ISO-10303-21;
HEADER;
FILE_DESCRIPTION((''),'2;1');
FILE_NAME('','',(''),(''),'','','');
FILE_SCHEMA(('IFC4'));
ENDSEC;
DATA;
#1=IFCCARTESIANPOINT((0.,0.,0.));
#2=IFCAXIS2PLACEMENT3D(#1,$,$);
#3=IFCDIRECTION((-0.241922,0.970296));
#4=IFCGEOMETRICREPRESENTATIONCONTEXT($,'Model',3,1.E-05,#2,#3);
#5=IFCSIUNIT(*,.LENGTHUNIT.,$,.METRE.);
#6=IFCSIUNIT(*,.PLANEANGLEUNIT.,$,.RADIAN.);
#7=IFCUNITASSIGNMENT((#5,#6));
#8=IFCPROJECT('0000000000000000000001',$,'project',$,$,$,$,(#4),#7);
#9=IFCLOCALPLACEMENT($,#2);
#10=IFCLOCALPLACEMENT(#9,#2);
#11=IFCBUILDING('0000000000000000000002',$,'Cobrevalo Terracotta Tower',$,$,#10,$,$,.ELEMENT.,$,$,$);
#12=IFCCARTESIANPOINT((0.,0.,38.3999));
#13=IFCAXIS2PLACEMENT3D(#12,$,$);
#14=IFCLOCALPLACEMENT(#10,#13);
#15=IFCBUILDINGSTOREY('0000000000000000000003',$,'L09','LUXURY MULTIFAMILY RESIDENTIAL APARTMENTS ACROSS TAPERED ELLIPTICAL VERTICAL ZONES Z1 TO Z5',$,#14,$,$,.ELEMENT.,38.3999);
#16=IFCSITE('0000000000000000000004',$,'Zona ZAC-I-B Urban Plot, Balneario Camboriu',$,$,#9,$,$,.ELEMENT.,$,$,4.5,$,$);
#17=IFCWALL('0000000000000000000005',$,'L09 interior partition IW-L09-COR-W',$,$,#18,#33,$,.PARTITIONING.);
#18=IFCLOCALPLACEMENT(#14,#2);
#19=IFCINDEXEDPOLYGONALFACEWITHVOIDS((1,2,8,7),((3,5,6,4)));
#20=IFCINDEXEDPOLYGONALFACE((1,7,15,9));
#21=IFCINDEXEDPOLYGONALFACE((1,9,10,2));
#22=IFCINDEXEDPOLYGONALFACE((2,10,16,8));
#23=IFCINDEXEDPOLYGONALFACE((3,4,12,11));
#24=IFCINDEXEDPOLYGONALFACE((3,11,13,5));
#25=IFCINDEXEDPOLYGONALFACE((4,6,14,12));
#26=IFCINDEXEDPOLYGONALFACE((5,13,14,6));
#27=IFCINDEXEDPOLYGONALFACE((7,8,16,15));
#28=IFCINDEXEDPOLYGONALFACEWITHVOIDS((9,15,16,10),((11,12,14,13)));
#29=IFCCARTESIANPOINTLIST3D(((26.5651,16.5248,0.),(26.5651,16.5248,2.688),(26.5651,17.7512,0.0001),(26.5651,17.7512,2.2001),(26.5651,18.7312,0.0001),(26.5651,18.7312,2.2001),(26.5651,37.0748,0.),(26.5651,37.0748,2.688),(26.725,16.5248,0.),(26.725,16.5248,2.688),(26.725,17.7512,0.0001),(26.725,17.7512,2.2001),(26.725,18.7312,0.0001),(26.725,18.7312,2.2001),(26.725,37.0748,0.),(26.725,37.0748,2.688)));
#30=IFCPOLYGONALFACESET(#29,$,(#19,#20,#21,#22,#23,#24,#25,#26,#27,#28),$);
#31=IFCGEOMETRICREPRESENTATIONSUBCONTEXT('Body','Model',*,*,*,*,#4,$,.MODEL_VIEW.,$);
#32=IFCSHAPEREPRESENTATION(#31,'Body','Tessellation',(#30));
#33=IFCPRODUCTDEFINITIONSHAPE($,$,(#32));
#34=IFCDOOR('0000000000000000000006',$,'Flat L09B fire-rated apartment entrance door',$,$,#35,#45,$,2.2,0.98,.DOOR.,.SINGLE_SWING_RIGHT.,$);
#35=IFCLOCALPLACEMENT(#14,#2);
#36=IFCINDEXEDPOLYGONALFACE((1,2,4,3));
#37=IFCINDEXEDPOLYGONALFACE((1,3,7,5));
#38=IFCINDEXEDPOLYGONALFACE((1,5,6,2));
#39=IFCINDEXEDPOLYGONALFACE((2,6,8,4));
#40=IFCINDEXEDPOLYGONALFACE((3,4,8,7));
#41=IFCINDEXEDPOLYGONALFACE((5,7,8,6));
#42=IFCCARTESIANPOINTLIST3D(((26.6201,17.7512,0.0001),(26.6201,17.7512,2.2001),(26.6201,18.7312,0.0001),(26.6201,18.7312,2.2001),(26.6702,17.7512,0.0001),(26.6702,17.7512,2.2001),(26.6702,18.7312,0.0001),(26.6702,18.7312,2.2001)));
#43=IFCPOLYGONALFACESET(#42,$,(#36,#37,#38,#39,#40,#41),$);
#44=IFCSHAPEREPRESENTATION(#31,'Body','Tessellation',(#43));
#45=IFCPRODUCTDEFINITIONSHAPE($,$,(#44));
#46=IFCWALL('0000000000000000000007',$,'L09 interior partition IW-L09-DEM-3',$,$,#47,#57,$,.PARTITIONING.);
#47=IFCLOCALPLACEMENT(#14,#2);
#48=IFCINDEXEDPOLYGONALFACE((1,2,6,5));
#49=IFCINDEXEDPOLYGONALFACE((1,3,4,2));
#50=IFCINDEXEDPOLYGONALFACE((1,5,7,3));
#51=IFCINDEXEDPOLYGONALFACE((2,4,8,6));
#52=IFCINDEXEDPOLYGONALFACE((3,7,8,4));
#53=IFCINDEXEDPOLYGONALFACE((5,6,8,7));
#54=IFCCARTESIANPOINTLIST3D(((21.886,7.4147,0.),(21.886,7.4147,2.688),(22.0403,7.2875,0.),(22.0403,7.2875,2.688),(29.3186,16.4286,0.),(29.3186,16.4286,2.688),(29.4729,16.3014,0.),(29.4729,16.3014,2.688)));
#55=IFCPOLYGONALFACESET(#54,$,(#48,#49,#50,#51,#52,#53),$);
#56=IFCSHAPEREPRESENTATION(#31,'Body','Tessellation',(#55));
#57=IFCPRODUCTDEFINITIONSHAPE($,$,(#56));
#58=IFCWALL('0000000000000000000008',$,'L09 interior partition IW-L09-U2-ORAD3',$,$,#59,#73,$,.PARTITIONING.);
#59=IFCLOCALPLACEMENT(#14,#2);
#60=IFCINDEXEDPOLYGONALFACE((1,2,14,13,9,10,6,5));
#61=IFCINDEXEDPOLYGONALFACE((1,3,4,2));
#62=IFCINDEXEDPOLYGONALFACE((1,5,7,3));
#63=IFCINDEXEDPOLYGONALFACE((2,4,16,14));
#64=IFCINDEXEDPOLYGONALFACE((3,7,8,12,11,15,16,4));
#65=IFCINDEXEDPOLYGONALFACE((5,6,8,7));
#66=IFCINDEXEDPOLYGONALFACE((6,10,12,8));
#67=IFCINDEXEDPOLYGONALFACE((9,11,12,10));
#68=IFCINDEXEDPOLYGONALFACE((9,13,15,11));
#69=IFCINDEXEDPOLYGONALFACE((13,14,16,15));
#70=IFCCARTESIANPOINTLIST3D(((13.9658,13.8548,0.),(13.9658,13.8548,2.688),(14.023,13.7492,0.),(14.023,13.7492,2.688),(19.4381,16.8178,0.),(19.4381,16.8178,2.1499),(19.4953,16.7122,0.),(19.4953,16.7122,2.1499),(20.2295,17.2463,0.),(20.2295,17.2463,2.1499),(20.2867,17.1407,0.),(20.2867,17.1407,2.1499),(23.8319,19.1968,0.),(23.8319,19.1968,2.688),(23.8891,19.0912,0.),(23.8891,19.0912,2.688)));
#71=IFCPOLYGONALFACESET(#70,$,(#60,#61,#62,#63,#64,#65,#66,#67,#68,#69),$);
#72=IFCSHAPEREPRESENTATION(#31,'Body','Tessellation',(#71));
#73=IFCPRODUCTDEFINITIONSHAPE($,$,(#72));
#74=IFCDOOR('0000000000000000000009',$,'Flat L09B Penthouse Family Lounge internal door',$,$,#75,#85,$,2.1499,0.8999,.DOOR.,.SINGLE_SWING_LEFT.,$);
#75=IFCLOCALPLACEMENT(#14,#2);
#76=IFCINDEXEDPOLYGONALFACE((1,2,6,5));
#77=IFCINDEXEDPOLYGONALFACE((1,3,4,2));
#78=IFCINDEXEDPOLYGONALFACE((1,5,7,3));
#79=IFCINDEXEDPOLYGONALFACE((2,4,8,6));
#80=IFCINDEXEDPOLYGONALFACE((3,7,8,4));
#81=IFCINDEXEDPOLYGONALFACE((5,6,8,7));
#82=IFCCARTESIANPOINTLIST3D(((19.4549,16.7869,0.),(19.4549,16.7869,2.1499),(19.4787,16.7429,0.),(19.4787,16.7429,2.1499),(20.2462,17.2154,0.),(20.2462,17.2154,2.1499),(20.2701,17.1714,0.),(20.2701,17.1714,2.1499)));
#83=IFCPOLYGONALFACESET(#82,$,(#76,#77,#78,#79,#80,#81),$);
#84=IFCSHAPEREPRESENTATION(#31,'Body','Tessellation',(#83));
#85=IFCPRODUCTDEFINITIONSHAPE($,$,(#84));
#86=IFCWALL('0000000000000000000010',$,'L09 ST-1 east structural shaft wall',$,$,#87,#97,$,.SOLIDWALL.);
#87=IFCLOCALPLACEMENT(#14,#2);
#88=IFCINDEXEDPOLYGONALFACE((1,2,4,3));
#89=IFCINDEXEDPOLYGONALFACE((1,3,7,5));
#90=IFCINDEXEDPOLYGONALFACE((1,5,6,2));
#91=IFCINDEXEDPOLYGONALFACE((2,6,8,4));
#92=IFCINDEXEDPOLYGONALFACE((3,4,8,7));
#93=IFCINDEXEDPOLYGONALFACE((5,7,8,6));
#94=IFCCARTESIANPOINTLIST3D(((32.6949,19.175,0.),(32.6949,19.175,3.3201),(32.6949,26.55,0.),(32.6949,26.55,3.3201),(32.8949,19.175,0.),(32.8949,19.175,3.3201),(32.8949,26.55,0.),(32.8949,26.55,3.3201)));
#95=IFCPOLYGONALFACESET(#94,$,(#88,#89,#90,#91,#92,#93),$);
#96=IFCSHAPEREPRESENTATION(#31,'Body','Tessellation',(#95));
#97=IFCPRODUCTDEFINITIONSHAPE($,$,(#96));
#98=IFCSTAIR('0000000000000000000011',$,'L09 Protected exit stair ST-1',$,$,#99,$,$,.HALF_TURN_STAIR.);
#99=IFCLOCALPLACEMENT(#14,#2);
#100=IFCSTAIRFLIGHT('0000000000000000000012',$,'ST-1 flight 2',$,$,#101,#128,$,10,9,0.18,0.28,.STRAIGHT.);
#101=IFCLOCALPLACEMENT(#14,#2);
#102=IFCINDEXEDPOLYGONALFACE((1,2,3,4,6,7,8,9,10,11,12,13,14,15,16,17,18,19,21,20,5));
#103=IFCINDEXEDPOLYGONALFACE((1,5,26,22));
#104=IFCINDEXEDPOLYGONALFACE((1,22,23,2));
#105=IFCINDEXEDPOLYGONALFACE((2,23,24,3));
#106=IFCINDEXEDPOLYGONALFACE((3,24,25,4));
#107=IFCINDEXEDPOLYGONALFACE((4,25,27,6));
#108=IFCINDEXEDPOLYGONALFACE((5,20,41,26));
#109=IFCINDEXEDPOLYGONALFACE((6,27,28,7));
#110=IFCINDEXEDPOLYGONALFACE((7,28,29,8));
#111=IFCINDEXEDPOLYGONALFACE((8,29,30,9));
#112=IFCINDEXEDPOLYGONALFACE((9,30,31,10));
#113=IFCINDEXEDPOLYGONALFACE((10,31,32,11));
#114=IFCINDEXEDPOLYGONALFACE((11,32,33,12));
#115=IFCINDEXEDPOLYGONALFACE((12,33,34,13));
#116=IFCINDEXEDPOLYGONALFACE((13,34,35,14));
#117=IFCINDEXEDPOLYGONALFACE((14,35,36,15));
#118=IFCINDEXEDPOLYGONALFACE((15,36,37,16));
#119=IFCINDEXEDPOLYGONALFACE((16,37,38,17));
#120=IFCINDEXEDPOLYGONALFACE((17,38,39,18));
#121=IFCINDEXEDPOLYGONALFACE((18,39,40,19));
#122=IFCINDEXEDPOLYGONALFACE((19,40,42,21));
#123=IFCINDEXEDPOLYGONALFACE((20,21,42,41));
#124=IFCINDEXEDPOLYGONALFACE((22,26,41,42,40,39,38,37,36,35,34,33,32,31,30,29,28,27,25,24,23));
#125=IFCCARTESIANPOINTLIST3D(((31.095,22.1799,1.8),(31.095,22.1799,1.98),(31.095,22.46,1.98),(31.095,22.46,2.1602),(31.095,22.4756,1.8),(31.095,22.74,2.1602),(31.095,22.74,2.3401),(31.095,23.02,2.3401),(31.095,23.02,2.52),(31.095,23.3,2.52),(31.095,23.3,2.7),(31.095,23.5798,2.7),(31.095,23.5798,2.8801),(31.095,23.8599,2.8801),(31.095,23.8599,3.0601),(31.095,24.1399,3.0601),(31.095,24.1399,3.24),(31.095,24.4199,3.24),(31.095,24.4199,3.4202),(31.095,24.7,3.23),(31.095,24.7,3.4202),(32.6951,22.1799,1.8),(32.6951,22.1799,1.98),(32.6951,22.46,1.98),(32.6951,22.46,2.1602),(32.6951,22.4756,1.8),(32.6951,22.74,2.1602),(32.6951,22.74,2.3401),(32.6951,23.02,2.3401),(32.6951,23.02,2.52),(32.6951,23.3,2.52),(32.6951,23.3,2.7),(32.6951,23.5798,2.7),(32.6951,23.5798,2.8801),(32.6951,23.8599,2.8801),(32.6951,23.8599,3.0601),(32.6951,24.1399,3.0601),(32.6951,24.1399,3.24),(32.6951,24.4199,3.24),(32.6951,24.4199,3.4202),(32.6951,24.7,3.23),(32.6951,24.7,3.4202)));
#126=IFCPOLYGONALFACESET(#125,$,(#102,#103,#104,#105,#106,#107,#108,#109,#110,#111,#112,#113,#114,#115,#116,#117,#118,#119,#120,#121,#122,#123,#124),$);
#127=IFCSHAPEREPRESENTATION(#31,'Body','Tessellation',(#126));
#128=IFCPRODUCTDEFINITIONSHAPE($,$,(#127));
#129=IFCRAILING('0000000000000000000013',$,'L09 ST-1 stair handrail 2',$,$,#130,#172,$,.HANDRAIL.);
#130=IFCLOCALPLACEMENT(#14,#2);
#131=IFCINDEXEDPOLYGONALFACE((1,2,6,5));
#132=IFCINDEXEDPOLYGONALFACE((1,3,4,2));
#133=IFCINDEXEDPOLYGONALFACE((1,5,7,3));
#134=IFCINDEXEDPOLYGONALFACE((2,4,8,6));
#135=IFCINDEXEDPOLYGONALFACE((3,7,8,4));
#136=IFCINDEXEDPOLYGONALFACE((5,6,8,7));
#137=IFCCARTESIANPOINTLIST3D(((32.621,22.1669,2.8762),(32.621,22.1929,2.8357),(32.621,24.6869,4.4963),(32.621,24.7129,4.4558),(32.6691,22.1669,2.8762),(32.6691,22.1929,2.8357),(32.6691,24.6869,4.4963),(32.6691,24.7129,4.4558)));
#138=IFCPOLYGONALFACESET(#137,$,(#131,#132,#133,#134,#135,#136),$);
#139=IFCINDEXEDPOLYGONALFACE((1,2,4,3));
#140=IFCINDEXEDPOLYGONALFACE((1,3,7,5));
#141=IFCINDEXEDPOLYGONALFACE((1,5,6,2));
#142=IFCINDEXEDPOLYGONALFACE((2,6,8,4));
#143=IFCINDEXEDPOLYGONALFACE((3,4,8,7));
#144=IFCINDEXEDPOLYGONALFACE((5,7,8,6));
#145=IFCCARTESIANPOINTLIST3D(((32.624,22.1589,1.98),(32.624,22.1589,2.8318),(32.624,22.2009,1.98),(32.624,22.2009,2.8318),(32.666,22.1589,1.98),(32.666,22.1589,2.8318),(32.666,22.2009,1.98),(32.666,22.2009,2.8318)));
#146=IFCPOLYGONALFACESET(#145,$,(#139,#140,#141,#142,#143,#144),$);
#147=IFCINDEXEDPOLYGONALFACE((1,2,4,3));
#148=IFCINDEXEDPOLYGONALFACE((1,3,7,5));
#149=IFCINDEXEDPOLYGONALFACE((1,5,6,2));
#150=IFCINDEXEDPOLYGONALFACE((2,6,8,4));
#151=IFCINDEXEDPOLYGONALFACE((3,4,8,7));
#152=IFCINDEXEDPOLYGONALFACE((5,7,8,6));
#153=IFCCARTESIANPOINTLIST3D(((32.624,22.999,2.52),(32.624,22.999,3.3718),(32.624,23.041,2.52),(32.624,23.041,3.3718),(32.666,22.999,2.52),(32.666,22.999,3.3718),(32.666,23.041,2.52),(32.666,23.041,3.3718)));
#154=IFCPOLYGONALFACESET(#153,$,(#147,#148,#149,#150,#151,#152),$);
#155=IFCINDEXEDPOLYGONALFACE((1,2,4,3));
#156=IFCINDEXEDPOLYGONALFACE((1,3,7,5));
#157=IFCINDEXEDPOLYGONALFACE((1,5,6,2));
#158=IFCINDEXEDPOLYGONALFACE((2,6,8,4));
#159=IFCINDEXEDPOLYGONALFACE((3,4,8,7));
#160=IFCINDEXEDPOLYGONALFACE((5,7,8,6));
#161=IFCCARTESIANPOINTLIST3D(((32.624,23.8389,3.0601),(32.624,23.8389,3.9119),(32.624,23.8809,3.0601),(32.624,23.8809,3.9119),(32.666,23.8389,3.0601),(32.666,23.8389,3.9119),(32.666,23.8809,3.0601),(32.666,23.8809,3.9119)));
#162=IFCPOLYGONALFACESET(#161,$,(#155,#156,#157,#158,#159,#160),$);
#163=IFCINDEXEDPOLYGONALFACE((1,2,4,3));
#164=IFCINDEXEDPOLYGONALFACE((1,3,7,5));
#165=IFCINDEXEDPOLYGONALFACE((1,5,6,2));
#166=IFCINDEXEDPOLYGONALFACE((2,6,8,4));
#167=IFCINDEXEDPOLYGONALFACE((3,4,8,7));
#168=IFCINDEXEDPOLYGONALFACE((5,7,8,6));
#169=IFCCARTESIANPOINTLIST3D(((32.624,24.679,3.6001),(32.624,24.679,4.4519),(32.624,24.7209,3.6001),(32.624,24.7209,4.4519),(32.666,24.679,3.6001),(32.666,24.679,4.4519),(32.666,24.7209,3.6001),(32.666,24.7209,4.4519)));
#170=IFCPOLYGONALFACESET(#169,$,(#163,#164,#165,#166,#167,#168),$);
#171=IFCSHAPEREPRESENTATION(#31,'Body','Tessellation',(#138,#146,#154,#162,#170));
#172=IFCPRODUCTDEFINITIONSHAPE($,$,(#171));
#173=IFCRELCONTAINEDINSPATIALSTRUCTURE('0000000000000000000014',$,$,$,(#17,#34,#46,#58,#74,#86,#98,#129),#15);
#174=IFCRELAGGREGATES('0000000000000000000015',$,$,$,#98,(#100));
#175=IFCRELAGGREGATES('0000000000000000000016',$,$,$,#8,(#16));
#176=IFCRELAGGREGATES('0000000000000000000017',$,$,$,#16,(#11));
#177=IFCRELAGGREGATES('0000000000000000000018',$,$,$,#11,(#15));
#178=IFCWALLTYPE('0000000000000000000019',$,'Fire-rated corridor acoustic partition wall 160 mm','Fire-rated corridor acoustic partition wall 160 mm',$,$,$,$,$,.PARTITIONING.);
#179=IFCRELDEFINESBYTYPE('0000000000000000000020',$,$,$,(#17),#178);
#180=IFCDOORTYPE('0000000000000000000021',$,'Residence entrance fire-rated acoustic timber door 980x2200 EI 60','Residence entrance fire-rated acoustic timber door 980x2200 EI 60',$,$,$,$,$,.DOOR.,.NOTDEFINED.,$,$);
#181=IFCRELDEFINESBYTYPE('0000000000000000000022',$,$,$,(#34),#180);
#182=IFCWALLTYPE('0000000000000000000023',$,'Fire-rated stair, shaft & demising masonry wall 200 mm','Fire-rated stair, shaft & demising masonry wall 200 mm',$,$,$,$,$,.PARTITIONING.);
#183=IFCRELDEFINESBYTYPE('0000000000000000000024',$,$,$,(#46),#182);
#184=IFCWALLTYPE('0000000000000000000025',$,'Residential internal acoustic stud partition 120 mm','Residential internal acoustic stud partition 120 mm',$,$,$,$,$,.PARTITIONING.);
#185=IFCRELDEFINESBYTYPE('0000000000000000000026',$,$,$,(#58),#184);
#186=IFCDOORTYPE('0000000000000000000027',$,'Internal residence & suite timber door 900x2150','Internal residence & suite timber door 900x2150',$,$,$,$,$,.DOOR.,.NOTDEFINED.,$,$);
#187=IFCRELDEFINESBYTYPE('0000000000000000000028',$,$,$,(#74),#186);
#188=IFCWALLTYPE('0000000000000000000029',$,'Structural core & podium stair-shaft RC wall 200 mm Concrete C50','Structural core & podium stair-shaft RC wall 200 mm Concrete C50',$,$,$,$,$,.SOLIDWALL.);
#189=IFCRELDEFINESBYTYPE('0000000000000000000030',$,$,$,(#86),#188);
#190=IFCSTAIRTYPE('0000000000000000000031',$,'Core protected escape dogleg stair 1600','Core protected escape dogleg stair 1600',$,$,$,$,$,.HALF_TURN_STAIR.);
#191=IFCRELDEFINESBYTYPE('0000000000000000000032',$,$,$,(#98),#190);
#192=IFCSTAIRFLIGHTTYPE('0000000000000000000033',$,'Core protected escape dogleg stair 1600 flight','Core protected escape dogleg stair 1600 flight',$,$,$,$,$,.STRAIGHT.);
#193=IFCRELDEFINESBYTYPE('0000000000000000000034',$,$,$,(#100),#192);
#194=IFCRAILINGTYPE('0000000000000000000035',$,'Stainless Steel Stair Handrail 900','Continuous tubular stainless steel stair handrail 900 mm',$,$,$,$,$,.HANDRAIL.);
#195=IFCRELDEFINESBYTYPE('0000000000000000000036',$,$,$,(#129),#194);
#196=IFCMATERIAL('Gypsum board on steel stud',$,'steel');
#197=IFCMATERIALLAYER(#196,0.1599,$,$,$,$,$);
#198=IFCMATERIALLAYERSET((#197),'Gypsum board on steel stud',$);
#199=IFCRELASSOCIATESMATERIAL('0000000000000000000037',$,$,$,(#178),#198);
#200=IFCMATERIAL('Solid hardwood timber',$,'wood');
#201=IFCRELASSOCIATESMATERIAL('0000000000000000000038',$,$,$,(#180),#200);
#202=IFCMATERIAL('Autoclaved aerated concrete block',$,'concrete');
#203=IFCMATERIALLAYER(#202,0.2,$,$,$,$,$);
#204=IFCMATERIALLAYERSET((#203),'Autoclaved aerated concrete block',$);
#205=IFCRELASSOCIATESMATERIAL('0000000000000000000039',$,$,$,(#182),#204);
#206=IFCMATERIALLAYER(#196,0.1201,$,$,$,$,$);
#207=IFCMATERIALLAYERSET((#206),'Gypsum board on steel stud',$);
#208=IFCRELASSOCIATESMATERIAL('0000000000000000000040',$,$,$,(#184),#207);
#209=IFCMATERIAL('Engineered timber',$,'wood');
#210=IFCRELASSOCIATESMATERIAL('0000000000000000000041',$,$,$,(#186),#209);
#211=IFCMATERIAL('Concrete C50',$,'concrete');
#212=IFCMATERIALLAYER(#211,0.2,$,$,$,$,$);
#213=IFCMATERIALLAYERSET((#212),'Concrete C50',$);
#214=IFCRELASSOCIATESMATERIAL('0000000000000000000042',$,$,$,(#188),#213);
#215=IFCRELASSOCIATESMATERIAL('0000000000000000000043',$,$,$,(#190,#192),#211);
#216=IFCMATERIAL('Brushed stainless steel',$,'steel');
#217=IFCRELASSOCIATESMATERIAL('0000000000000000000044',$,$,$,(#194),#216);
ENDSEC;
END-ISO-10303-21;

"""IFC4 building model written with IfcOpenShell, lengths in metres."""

from ifc_helpers import new_model, si_unit, direction, frame, frame_2d, origin, origin_2d, place, context, subcontext, project, spatial, polyline, rectangle, outline, extrude, source, transform, mapped, material, layer, layer_set, type_object, element, fill, aggregate, save


model = new_model("IFC4")

# Units and contexts
model_context = context("Model", 3, precision=1e-05, world=origin(), true_north=direction((-0.241922, 0.970296)))
body_context = subcontext(model_context, "Body", "Model", "MODEL_VIEW")
ifc_project = project(units=[si_unit("LENGTHUNIT", "METRE"), si_unit("PLANEANGLEUNIT", "RADIAN")], contexts=[model_context])

# Site, building, storey
site_placement = place(None, origin())
site = spatial("IfcSite", under=ifc_project, at=site_placement, Name="Zona ZAC-I-B Urban Plot, Balneario Camboriu", CompositionType="ELEMENT", RefElevation=4.5)
building_placement = place(site_placement, origin())
building = spatial("IfcBuilding", under=site, at=building_placement, Name="Cobrevalo Terracotta Tower", CompositionType="ELEMENT")
storey_placement = place(building_placement, frame((0.0, 0.0, 38.3999)))
storey = spatial("IfcBuildingStorey", under=building, at=storey_placement, Name="L09", Description="LUXURY MULTIFAMILY RESIDENTIAL APARTMENTS ACROSS TAPERED ELLIPTICAL VERTICAL ZONES Z1 TO Z5", CompositionType="ELEMENT", Elevation=38.3999)

# Shared definitions
ifc_material_1 = material(Name="Gypsum board on steel stud", Category="steel")
ifc_layer_1 = layer(ifc_material_1, 0.1599)
ifc_layer_set_1 = layer_set([ifc_layer_1], Name="Gypsum board on steel stud")
wall_type_1 = type_object("IfcWallType", Name="Fire-rated corridor acoustic partition wall 160 mm", Description="Fire-rated corridor acoustic partition wall 160 mm", PredefinedType="PARTITIONING", material=ifc_layer_set_1)

# Wall, opening, door
wall_1_placement = place(storey_placement, frame((26.645, 16.5249, 0.0), z_axis=(0.0, 0.0, 1.0), x_axis=(0.0, 1.0, 0.0)))
wall_1 = element("IfcWall", 1, at=wall_1_placement, inside=storey, type_object=wall_type_1, Name="L09 interior partition IW-L09-COR-W", PredefinedType="PARTITIONING", context=body_context, shape_type="SweptSolid", body=[
    extrude(rectangle(XDim=20.55, YDim=0.1599, at=frame_2d((10.2749, 0.0))), origin(), (0.0, 0.0, 1.0), 2.688),
])
opening_1_placement = place(wall_1_placement, frame((1.2263, 0.0, 0.0)))
opening_1 = element("IfcOpeningElement", 2, at=opening_1_placement, cuts=wall_1, PredefinedType="OPENING", context=body_context, shape_type="SweptSolid", body=[
    extrude(rectangle(XDim=0.98, YDim=2.2, at=frame_2d((0.49, 1.1001))), frame((0.0, 0.0898, 0.0), z_axis=(0.0, -1.0, 0.0), x_axis=(1.0, 0.0, 0.0)), (0.0, 0.0, 1.0), 0.1799),
])
ifc_material_2 = material(Name="Solid hardwood timber", Category="wood")
door_type_1 = type_object("IfcDoorType", Name="Residence entrance fire-rated acoustic timber door 980x2200 EI 60", Description="Residence entrance fire-rated acoustic timber door 980x2200 EI 60", OperationType="NOTDEFINED", PredefinedType="DOOR", material=ifc_material_2)
shared_shape_1 = source(origin(), body_context, "Body", "SweptSolid", [
    extrude(rectangle(XDim=0.98, YDim=2.2, at=frame_2d((0.49, 1.1001))), frame((0.0, 0.0249, 0.0), z_axis=(0.0, -1.0, 0.0), x_axis=(1.0, 0.0, 0.0)), (0.0, 0.0, 1.0), 0.05),
])
door_1_placement = place(opening_1_placement, origin())
door_1 = element("IfcDoor", 3, at=door_1_placement, inside=storey, type_object=door_type_1, Name="Flat L09B fire-rated apartment entrance door", OperationType="SINGLE_SWING_RIGHT", OverallHeight=2.2, OverallWidth=0.98, PredefinedType="DOOR", context=body_context, shape_type="MappedRepresentation", body=[
    mapped(shared_shape_1, transform((0.0, 0.0, 0.0), scale=1.0)),
])
fill(opening_1, door_1)

# Wall
ifc_material_3 = material(Name="Autoclaved aerated concrete block", Category="concrete")
ifc_layer_2 = layer(ifc_material_3, 0.2)
ifc_layer_set_2 = layer_set([ifc_layer_2], Name="Autoclaved aerated concrete block")
wall_type_2 = type_object("IfcWallType", Name="Fire-rated stair, shaft & demising masonry wall 200 mm", Description="Fire-rated stair, shaft & demising masonry wall 200 mm", PredefinedType="PARTITIONING", material=ifc_layer_set_2)
wall_2_placement = place(storey_placement, frame((29.3958, 16.365, 0.0), z_axis=(0.0, 0.0, 1.0), x_axis=(-0.636186, -0.771536, 0.0)))
element("IfcWall", 4, at=wall_2_placement, inside=storey, type_object=wall_type_2, Name="L09 interior partition IW-L09-DEM-3", PredefinedType="PARTITIONING", context=body_context, shape_type="SweptSolid", body=[
    extrude(rectangle(XDim=11.6831, YDim=0.2, at=frame_2d((5.8416, 0.0))), origin(), (0.0, 0.0, 1.0), 2.688),
])

# Wall, opening, door
ifc_layer_3 = layer(ifc_material_1, 0.1201)
ifc_layer_set_3 = layer_set([ifc_layer_3], Name="Gypsum board on steel stud")
wall_type_3 = type_object("IfcWallType", Name="Residential internal acoustic stud partition 120 mm", Description="Residential internal acoustic stud partition 120 mm", PredefinedType="PARTITIONING", material=ifc_layer_set_3)
wall_3_placement = place(storey_placement, frame((23.8606, 19.144, 0.0), z_axis=(0.0, 0.0, 1.0), x_axis=(-0.879372, -0.476135, 0.0)))
wall_3 = element("IfcWall", 5, at=wall_3_placement, inside=storey, type_object=wall_type_3, Name="L09 interior partition IW-L09-U2-ORAD3", PredefinedType="PARTITIONING", context=body_context, shape_type="SweptSolid", body=[
    extrude(rectangle(XDim=11.2195, YDim=0.1201, at=frame_2d((5.6099, 0.0))), origin(), (0.0, 0.0, 1.0), 2.688),
])
opening_2_placement = place(wall_3_placement, frame((4.0967, 0.0, 0.0)))
opening_2 = element("IfcOpeningElement", 6, at=opening_2_placement, cuts=wall_3, PredefinedType="OPENING", context=body_context, shape_type="SweptSolid", body=[
    extrude(rectangle(XDim=0.8999, YDim=2.1499, at=frame_2d((0.45, 1.075))), frame((0.0, 0.0701, 0.0), z_axis=(0.0, -1.0, 0.0), x_axis=(1.0, 0.0, 0.0)), (0.0, 0.0, 1.0), 0.1401),
])
ifc_material_4 = material(Name="Engineered timber", Category="wood")
door_type_2 = type_object("IfcDoorType", Name="Internal residence & suite timber door 900x2150", Description="Internal residence & suite timber door 900x2150", OperationType="NOTDEFINED", PredefinedType="DOOR", material=ifc_material_4)
shared_shape_2 = source(origin(), body_context, "Body", "SweptSolid", [
    extrude(rectangle(XDim=0.8999, YDim=2.1499, at=frame_2d((0.45, 1.075))), frame((0.0, 0.0249, 0.0), z_axis=(0.0, -1.0, 0.0), x_axis=(1.0, 0.0, 0.0)), (0.0, 0.0, 1.0), 0.05),
])
door_2_placement = place(opening_2_placement, frame((0.8999, 0.0, 0.0), z_axis=(0.0, 0.0, 1.0), x_axis=(-1.0, 0.0, 0.0)))
door_2 = element("IfcDoor", 7, at=door_2_placement, inside=storey, type_object=door_type_2, Name="Flat L09B Penthouse Family Lounge internal door", OperationType="SINGLE_SWING_LEFT", OverallHeight=2.1499, OverallWidth=0.8999, PredefinedType="DOOR", context=body_context, shape_type="MappedRepresentation", body=[
    mapped(shared_shape_2, transform((0.0, 0.0, 0.0), scale=1.0)),
])
fill(opening_2, door_2)

# Wall
ifc_material_5 = material(Name="Concrete C50", Category="concrete")
ifc_layer_4 = layer(ifc_material_5, 0.2)
ifc_layer_set_4 = layer_set([ifc_layer_4], Name="Concrete C50")
wall_type_4 = type_object("IfcWallType", Name="Structural core & podium stair-shaft RC wall 200 mm Concrete C50", Description="Structural core & podium stair-shaft RC wall 200 mm Concrete C50", PredefinedType="SOLIDWALL", material=ifc_layer_set_4)
wall_4_placement = place(storey_placement, frame((32.7949, 19.175, 0.0), z_axis=(0.0, 0.0, 1.0), x_axis=(0.0, 1.0, 0.0)))
element("IfcWall", 8, at=wall_4_placement, inside=storey, type_object=wall_type_4, Name="L09 ST-1 east structural shaft wall", PredefinedType="SOLIDWALL", context=body_context, shape_type="SweptSolid", body=[
    extrude(rectangle(XDim=7.375, YDim=0.2, at=frame_2d((3.6875, 0.0))), origin(), (0.0, 0.0, 1.0), 3.3201),
])

# Stair, stair flight
stair_type = type_object("IfcStairType", Name="Core protected escape dogleg stair 1600", Description="Core protected escape dogleg stair 1600", PredefinedType="HALF_TURN_STAIR", material=ifc_material_5)
stair_placement = place(storey_placement, origin())
stair = element("IfcStair", 9, at=stair_placement, inside=storey, type_object=stair_type, Name="L09 Protected exit stair ST-1", PredefinedType="HALF_TURN_STAIR")
stair_flight_type = type_object("IfcStairFlightType", Name="Core protected escape dogleg stair 1600 flight", Description="Core protected escape dogleg stair 1600 flight", PredefinedType="STRAIGHT", material=ifc_material_5)
stair_flight_placement = place(storey_placement, frame((31.895, 22.1799, 1.8), z_axis=(0.0, 0.0, 1.0), x_axis=(0.0, 1.0, 0.0)))
stair_flight = element("IfcStairFlight", 10, at=stair_flight_placement, type_object=stair_flight_type, Name="ST-1 flight 2", NumberOfRisers=10, NumberOfTreads=9, PredefinedType="STRAIGHT", RiserHeight=0.18, TreadLength=0.28, context=body_context, shape_type="SweptSolid", body=[
    extrude(outline(polyline([(0.0, 0.0), (0.0, 0.1799), (0.28, 0.1799), (0.28, 0.3601), (0.5601, 0.3601), (0.5601, 0.54), (0.8401, 0.54), (0.8401, 0.72), (1.1201, 0.72), (1.1201, 0.8999), (1.3999, 0.8999), (1.3999, 1.0801), (1.6799, 1.0801), (1.6799, 1.26), (1.96, 1.26), (1.96, 1.4399), (2.24, 1.4399), (2.24, 1.6201), (2.52, 1.6201), (2.52, 1.8), (2.52, 1.4299), (0.2957, 0.0), (0.0, 0.0)])), frame((0.0, 0.8, 0.0), z_axis=(0.0, -1.0, 0.0), x_axis=(1.0, 0.0, 0.0)), (0.0, 0.0, 1.0), 1.6001),
])
aggregate(stair, [stair_flight])

# Railing
ifc_material_6 = material(Name="Brushed stainless steel", Category="steel")
railing_type_1 = type_object("IfcRailingType", Name="Stainless Steel Stair Handrail 900", Description="Continuous tubular stainless steel stair handrail 900 mm", PredefinedType="HANDRAIL", material=ifc_material_6)
railing_1_placement = place(storey_placement, frame((32.645, 22.1799, 1.98)))
element("IfcRailing", 11, at=railing_1_placement, inside=storey, type_object=railing_type_1, Name="L09 ST-1 stair handrail 2", PredefinedType="HANDRAIL", context=body_context, shape_type="SweptSolid", body=[
    extrude(rectangle(XDim=0.0481, YDim=0.0481, at=origin_2d()), frame((0.0, 0.0, 0.876), z_axis=(0.0, 0.841163, 0.540782), x_axis=(-1.0, 0.0, 0.0)), (0.0, 0.0, 1.0), 2.9958),
    extrude(rectangle(XDim=0.042, YDim=0.042, at=origin_2d()), origin(), (0.0, 0.0, 1.0), 0.8518),
    extrude(rectangle(XDim=0.042, YDim=0.042, at=origin_2d()), frame((0.0, 0.8401, 0.54)), (0.0, 0.0, 1.0), 0.8518),
    extrude(rectangle(XDim=0.042, YDim=0.042, at=origin_2d()), frame((0.0, 1.6799, 1.0801)), (0.0, 0.0, 1.0), 0.8518),
    extrude(rectangle(XDim=0.042, YDim=0.042, at=origin_2d()), frame((0.0, 2.52, 1.6201)), (0.0, 0.0, 1.0), 0.8518),
])

save(model, "model.ifc")
